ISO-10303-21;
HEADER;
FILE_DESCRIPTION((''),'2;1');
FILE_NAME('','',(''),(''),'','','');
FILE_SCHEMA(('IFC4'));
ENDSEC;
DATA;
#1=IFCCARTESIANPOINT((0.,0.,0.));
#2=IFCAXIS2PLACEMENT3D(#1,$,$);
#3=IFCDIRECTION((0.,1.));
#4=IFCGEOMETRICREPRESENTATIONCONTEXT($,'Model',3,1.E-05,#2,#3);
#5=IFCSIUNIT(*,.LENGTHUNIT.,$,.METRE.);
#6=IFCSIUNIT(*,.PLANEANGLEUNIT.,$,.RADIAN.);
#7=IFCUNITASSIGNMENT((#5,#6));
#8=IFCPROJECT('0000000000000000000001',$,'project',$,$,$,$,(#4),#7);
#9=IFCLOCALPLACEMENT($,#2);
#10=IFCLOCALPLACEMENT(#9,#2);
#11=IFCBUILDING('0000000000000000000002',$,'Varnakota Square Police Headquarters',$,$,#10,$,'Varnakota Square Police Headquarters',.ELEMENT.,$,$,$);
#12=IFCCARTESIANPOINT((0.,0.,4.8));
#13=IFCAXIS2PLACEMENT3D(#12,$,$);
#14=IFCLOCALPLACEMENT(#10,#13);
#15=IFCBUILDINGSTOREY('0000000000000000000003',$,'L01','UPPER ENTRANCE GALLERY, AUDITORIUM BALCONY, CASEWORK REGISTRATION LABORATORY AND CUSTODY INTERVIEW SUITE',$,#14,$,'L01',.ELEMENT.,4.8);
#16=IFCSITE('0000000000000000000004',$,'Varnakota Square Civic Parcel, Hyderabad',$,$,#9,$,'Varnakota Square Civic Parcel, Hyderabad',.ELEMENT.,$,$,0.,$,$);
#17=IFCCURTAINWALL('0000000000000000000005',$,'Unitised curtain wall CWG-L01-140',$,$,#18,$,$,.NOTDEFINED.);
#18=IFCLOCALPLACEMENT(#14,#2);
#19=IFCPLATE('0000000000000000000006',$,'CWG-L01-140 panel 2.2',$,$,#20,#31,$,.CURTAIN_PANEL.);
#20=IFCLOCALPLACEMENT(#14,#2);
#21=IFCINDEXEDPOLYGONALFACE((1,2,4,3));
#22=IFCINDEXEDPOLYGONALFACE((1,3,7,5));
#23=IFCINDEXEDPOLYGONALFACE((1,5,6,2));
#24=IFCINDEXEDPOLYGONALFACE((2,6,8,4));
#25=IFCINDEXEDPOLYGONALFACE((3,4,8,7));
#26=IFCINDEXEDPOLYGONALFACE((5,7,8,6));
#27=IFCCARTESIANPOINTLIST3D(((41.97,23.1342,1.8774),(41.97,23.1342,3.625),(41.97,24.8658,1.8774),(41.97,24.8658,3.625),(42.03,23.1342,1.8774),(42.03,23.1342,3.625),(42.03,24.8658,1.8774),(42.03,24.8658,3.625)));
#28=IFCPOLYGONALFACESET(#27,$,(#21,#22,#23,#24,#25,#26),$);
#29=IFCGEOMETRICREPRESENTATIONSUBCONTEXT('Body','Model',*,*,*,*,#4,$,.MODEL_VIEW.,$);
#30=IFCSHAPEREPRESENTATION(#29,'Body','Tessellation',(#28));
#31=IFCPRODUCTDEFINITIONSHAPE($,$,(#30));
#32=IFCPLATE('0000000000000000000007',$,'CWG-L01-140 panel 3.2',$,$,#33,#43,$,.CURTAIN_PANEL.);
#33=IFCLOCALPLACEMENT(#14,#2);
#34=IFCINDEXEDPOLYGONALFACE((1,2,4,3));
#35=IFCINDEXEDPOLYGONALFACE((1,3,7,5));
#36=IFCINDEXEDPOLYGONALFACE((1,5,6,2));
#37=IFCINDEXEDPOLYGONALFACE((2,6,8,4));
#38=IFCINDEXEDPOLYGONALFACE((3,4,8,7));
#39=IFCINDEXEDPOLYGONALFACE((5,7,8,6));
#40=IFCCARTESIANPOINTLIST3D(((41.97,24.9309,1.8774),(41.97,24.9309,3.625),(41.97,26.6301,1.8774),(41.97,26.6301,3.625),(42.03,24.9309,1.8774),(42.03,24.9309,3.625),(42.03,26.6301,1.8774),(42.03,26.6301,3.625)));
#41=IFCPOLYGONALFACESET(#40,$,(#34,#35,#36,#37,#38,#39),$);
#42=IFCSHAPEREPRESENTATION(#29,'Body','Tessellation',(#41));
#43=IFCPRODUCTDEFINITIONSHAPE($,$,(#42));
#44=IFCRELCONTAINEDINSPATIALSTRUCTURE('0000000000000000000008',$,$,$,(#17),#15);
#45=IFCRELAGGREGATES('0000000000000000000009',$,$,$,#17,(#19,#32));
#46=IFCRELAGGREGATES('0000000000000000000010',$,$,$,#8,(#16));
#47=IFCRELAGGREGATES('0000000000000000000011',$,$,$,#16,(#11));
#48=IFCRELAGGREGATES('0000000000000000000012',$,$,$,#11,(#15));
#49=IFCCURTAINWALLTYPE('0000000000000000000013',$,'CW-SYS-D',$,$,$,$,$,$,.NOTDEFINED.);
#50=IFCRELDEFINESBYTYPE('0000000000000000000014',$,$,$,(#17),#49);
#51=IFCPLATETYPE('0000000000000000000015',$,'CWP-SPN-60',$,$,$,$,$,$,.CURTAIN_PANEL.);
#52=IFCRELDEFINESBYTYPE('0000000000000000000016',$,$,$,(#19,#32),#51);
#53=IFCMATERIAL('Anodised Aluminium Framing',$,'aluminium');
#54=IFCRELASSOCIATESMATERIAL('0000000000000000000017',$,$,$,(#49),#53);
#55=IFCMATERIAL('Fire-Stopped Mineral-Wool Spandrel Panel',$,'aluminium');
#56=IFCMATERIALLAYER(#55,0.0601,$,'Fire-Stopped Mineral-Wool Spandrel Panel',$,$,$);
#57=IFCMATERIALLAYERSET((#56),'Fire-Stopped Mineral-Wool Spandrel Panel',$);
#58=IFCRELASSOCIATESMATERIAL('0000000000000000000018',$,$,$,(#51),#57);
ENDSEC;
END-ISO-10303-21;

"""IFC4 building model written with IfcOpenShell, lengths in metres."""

from ifc_helpers import new_model, si_unit, direction, frame, origin, origin_2d, place, context, subcontext, project, spatial, rectangle, extrude, material, layer, layer_set, type_object, element, aggregate, save


model = new_model("IFC4")

# Units and contexts
model_context = context("Model", 3, precision=1e-05, world=origin(), true_north=direction((0.0, 1.0)))
body_context = subcontext(model_context, "Body", "Model", "MODEL_VIEW")
ifc_project = project(units=[si_unit("LENGTHUNIT", "METRE"), si_unit("PLANEANGLEUNIT", "RADIAN")], contexts=[model_context])

# Site, building, storey
site_placement = place(None, origin())
site = spatial("IfcSite", under=ifc_project, at=site_placement, Name="Varnakota Square Civic Parcel, Hyderabad", LongName="Varnakota Square Civic Parcel, Hyderabad", CompositionType="ELEMENT", RefElevation=0.0)
building_placement = place(site_placement, origin())
building = spatial("IfcBuilding", under=site, at=building_placement, Name="Varnakota Square Police Headquarters", LongName="Varnakota Square Police Headquarters", CompositionType="ELEMENT")
storey_placement = place(building_placement, frame((0.0, 0.0, 4.8)))
storey = spatial("IfcBuildingStorey", under=building, at=storey_placement, Name="L01", Description="UPPER ENTRANCE GALLERY, AUDITORIUM BALCONY, CASEWORK REGISTRATION LABORATORY AND CUSTODY INTERVIEW SUITE", LongName="L01", CompositionType="ELEMENT", Elevation=4.8)

# Curtain wall, plates
ifc_material_1 = material(Name="Anodised Aluminium Framing", Category="aluminium")
curtain_wall_type = type_object("IfcCurtainWallType", Name="CW-SYS-D", PredefinedType="NOTDEFINED", material=ifc_material_1)
curtain_wall_placement = place(storey_placement, origin())
curtain_wall = element("IfcCurtainWall", 1, at=curtain_wall_placement, inside=storey, type_object=curtain_wall_type, Name="Unitised curtain wall CWG-L01-140", PredefinedType="NOTDEFINED")
ifc_material_2 = material(Name="Fire-Stopped Mineral-Wool Spandrel Panel", Category="aluminium")
ifc_layer_1 = layer(ifc_material_2, 0.0601, Name="Fire-Stopped Mineral-Wool Spandrel Panel")
ifc_layer_set_1 = layer_set([ifc_layer_1], Name="Fire-Stopped Mineral-Wool Spandrel Panel")
plate_type_1 = type_object("IfcPlateType", Name="CWP-SPN-60", PredefinedType="CURTAIN_PANEL", material=ifc_layer_set_1)
plate_1_placement = place(storey_placement, frame((42.0, 24.0, 1.8774), z_axis=(0.0, 0.0, 1.0), x_axis=(0.0, 1.0, 0.0)))
plate_1 = element("IfcPlate", 2, at=plate_1_placement, type_object=plate_type_1, Name="CWG-L01-140 panel 2.2", PredefinedType="CURTAIN_PANEL", context=body_context, shape_type="SweptSolid", body=[
    extrude(rectangle(XDim=1.7317, YDim=0.0601, at=origin_2d()), origin(), (0.0, 0.0, 1.0), 1.7476),
])
plate_2_placement = place(storey_placement, frame((42.0, 25.7805, 1.8774), z_axis=(0.0, 0.0, 1.0), x_axis=(0.0, 1.0, 0.0)))
plate_2 = element("IfcPlate", 3, at=plate_2_placement, type_object=plate_type_1, Name="CWG-L01-140 panel 3.2", PredefinedType="CURTAIN_PANEL", context=body_context, shape_type="SweptSolid", body=[
    extrude(rectangle(XDim=1.6992, YDim=0.0601, at=origin_2d()), origin(), (0.0, 0.0, 1.0), 1.7476),
])
aggregate(curtain_wall, [plate_1, plate_2])

save(model, "model.ifc")
